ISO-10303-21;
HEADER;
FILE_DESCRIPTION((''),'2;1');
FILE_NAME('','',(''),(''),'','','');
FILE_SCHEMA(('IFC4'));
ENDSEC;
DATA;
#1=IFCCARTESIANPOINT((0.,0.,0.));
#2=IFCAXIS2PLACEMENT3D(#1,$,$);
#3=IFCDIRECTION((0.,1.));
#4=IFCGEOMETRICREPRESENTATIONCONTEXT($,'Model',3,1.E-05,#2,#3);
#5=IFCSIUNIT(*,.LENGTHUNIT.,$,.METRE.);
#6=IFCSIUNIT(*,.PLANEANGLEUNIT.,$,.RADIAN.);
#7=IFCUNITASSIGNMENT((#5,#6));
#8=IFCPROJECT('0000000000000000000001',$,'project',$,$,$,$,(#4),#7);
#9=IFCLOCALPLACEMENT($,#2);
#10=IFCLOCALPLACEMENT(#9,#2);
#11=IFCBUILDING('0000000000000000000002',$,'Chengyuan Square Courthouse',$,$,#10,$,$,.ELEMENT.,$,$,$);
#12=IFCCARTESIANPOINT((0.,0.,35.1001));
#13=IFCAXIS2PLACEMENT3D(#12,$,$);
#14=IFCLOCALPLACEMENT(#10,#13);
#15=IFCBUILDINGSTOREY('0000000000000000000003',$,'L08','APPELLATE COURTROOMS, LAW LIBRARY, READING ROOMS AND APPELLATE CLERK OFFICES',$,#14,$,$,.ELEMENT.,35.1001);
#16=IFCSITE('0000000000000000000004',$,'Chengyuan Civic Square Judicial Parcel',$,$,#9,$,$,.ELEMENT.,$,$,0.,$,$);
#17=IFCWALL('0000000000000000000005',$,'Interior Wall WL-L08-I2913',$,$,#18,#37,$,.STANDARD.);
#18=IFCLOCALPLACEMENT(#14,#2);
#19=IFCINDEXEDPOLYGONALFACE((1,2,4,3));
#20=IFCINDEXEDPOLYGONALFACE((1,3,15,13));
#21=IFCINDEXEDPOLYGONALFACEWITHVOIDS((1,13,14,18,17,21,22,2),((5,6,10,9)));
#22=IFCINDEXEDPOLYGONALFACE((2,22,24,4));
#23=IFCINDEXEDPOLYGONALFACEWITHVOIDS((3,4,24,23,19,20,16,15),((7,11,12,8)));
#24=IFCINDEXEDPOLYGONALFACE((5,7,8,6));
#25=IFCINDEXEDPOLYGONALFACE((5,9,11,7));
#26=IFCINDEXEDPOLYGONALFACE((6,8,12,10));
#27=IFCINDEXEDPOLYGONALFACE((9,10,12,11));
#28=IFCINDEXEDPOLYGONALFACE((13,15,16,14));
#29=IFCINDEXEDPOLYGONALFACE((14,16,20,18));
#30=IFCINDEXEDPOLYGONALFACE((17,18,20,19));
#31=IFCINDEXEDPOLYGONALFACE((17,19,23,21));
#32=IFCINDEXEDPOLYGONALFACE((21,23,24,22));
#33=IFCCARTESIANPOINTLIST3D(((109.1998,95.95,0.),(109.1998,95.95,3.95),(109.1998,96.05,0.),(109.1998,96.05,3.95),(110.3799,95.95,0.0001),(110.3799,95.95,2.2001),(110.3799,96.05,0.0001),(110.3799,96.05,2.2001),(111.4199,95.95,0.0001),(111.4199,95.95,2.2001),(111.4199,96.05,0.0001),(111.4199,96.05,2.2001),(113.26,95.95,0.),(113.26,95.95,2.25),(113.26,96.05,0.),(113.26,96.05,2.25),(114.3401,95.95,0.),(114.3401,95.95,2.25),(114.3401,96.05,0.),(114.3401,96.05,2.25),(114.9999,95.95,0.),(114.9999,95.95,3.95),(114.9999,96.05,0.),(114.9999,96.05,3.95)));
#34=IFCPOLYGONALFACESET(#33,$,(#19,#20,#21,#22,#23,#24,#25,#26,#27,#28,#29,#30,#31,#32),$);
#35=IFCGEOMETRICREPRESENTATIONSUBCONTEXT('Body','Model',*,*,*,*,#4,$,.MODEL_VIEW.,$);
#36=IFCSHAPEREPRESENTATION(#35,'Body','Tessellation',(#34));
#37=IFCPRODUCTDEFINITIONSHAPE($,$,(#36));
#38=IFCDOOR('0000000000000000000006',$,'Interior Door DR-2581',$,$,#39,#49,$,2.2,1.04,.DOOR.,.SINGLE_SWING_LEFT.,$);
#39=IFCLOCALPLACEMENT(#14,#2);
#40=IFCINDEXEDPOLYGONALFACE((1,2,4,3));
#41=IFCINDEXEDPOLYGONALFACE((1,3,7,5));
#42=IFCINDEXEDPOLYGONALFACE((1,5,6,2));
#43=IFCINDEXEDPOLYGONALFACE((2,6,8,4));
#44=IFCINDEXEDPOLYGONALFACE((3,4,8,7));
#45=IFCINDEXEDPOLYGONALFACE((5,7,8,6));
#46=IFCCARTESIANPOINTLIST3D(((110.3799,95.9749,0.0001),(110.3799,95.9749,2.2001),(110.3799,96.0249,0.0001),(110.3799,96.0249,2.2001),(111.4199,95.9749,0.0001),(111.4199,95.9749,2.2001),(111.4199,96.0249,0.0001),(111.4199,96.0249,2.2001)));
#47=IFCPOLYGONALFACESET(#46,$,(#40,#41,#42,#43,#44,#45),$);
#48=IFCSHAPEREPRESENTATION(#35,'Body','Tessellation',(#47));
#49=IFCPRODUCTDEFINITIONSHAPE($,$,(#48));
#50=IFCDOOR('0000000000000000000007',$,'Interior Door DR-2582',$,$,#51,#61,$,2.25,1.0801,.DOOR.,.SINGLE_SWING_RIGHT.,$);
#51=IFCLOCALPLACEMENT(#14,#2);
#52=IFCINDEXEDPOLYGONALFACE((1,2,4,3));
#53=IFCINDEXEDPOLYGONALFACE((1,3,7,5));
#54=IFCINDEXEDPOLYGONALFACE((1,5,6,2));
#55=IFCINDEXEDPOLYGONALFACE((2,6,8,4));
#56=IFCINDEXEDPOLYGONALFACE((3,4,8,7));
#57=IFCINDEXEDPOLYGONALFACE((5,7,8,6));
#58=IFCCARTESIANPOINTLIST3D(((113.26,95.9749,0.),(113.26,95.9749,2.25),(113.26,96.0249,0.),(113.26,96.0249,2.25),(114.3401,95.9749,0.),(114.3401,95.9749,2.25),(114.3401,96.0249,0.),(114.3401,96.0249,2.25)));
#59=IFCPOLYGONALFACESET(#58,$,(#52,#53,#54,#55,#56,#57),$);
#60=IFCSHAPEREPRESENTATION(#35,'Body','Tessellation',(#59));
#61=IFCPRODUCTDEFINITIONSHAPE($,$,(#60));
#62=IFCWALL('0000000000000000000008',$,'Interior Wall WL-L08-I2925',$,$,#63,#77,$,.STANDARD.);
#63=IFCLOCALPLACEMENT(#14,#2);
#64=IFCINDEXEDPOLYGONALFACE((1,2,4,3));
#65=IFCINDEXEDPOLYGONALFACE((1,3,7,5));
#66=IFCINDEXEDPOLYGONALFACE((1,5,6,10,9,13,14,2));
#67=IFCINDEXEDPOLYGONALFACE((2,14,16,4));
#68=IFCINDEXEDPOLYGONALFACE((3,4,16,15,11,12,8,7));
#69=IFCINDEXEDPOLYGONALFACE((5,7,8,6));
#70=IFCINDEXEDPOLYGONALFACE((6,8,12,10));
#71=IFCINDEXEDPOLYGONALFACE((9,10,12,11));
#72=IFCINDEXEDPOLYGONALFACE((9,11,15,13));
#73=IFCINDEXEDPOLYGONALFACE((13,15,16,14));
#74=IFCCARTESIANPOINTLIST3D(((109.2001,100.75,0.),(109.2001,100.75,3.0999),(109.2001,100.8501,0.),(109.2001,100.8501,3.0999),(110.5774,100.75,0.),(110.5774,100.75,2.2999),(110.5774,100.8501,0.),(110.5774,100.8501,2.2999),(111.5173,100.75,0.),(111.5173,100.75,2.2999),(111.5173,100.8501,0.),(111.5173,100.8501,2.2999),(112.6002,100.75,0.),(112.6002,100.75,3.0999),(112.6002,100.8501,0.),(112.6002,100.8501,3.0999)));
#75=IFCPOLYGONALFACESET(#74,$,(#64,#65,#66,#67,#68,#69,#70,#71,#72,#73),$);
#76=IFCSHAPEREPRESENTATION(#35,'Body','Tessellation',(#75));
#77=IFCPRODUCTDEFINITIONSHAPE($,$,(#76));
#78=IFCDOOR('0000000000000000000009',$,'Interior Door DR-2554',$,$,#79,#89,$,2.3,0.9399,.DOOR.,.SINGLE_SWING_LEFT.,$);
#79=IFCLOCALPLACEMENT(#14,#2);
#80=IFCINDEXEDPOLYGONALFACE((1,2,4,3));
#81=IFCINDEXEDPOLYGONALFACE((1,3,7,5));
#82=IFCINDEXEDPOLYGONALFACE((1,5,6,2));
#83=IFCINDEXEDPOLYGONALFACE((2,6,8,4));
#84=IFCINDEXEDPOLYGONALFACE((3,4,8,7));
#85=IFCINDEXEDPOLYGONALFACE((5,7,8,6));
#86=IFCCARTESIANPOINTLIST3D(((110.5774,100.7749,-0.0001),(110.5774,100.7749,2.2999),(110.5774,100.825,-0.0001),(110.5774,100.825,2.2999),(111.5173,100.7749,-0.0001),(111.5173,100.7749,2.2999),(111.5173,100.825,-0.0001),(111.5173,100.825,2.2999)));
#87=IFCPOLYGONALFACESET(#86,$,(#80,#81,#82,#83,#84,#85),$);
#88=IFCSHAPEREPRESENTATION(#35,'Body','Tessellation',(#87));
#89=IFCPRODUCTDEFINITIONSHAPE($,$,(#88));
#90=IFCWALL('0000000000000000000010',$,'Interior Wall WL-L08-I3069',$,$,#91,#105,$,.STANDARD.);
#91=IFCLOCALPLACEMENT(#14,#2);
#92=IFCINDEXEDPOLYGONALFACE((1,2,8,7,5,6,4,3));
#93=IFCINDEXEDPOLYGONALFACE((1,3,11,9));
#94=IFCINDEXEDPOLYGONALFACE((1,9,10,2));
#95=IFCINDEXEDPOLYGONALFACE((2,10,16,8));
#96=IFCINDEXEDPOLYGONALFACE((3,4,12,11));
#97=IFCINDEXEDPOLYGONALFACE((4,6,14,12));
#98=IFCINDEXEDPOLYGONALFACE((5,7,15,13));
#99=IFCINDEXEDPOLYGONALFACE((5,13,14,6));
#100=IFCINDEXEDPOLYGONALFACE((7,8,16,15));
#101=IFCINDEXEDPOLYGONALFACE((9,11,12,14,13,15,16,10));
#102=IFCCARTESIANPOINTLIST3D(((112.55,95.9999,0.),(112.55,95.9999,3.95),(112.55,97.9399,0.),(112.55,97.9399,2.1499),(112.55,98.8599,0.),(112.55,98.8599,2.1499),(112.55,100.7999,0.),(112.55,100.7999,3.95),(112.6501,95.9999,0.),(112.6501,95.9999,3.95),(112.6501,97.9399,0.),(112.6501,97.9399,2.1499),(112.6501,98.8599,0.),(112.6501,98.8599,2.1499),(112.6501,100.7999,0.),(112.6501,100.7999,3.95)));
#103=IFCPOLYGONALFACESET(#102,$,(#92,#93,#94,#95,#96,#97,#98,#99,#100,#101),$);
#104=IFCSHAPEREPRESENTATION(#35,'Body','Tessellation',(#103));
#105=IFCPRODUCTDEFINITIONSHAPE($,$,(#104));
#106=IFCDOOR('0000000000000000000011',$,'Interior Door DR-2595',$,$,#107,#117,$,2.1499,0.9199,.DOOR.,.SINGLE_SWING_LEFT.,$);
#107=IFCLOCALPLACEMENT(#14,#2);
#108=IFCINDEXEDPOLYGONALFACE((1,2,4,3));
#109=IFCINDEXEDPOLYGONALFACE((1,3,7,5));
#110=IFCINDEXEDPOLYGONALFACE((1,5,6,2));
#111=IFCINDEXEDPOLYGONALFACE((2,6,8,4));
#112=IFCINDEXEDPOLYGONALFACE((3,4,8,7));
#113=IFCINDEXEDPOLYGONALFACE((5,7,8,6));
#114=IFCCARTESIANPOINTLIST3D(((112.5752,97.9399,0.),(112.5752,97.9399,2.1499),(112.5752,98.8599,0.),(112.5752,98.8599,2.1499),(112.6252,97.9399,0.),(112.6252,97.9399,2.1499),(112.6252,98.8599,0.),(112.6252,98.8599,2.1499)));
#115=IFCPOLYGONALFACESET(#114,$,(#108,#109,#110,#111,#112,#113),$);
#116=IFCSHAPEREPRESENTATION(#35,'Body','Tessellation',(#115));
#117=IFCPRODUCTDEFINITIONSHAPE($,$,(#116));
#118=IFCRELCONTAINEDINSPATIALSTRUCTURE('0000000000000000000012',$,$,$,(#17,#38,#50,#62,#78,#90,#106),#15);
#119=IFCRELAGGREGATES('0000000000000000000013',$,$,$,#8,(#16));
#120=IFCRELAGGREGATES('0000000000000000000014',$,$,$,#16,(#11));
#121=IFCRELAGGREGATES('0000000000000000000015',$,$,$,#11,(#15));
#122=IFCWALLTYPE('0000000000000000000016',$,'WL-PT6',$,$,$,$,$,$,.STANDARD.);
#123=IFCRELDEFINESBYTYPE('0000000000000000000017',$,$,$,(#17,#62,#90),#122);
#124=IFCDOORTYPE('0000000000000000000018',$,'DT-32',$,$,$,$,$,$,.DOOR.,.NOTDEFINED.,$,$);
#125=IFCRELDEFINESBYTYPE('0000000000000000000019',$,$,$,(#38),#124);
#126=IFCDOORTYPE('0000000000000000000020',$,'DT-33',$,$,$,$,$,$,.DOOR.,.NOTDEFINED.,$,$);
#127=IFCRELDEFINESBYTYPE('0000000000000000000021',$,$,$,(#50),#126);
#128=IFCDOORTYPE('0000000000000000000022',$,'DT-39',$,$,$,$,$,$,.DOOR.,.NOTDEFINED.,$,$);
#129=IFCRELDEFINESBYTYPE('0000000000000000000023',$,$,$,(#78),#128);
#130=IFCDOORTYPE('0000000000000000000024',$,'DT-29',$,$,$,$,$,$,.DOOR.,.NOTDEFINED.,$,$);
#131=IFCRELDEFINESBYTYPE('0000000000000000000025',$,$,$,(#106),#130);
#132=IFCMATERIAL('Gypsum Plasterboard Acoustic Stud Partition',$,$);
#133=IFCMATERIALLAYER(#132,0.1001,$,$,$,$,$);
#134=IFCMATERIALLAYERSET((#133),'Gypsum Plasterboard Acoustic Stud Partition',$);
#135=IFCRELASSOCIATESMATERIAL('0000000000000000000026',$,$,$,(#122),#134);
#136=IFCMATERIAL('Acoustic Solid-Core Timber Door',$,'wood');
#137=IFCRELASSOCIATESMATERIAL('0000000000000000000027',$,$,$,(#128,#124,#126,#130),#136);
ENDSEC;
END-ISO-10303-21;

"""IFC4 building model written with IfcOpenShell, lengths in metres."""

from ifc_helpers import new_model, si_unit, direction, frame, frame_2d, origin, place, context, subcontext, project, spatial, rectangle, extrude, material, layer, layer_set, type_object, element, fill, save


model = new_model("IFC4")

# Units and contexts
model_context = context("Model", 3, precision=1e-05, world=origin(), true_north=direction((0.0, 1.0)))
body_context = subcontext(model_context, "Body", "Model", "MODEL_VIEW")
ifc_project = project(units=[si_unit("LENGTHUNIT", "METRE"), si_unit("PLANEANGLEUNIT", "RADIAN")], contexts=[model_context])

# Site, building, storey
site_placement = place(None, origin())
site = spatial("IfcSite", under=ifc_project, at=site_placement, Name="Chengyuan Civic Square Judicial Parcel", CompositionType="ELEMENT", RefElevation=0.0)
building_placement = place(site_placement, origin())
building = spatial("IfcBuilding", under=site, at=building_placement, Name="Chengyuan Square Courthouse", CompositionType="ELEMENT")
storey_placement = place(building_placement, frame((0.0, 0.0, 35.1001)))
storey = spatial("IfcBuildingStorey", under=building, at=storey_placement, Name="L08", Description="APPELLATE COURTROOMS, LAW LIBRARY, READING ROOMS AND APPELLATE CLERK OFFICES", CompositionType="ELEMENT", Elevation=35.1001)

# Wall, openings, doors
ifc_material_1 = material(Name="Gypsum Plasterboard Acoustic Stud Partition")
ifc_layer_1 = layer(ifc_material_1, 0.1001)
ifc_layer_set_1 = layer_set([ifc_layer_1], Name="Gypsum Plasterboard Acoustic Stud Partition")
wall_type_1 = type_object("IfcWallType", Name="WL-PT6", PredefinedType="STANDARD", material=ifc_layer_set_1)
ifc_material_2 = material(Name="Acoustic Solid-Core Timber Door", Category="wood")
door_type_1 = type_object("IfcDoorType", Name="DT-39", OperationType="NOTDEFINED", PredefinedType="DOOR", material=ifc_material_2)
wall_1_placement = place(storey_placement, frame((109.2, 96.0, 0.0), z_axis=(0.0, 0.0, 1.0), x_axis=(1.0, 0.0, 0.0)))
wall_1 = element("IfcWall", 1, at=wall_1_placement, inside=storey, type_object=wall_type_1, Name="Interior Wall WL-L08-I2913", PredefinedType="STANDARD", context=body_context, shape_type="SweptSolid", body=[
    extrude(rectangle(XDim=5.8, YDim=0.1001, at=frame_2d((2.8999, 0.0))), origin(), (0.0, 0.0, 1.0), 3.95),
])
opening_1_placement = place(wall_1_placement, frame((1.1799, 0.0, 0.0)))
opening_1 = element("IfcOpeningElement", 2, at=opening_1_placement, cuts=wall_1, PredefinedType="OPENING", context=body_context, shape_type="SweptSolid", body=[
    extrude(rectangle(XDim=1.04, YDim=2.2, at=frame_2d((0.52, 1.1001))), frame((0.0, 0.062, 0.0), z_axis=(0.0, -1.0, 0.0), x_axis=(1.0, 0.0, 0.0)), (0.0, 0.0, 1.0), 0.124),
])
opening_2_placement = place(wall_1_placement, frame((4.0601, 0.0, 0.0)))
opening_2 = element("IfcOpeningElement", 3, at=opening_2_placement, cuts=wall_1, PredefinedType="OPENING", context=body_context, shape_type="SweptSolid", body=[
    extrude(rectangle(XDim=1.0801, YDim=2.25, at=frame_2d((0.54, 1.125))), frame((0.0, 0.062, 0.0), z_axis=(0.0, -1.0, 0.0), x_axis=(1.0, 0.0, 0.0)), (0.0, 0.0, 1.0), 0.124),
])
door_type_2 = type_object("IfcDoorType", Name="DT-32", OperationType="NOTDEFINED", PredefinedType="DOOR", material=ifc_material_2)
door_1_placement = place(opening_1_placement, origin())
door_1 = element("IfcDoor", 4, at=door_1_placement, inside=storey, type_object=door_type_2, Name="Interior Door DR-2581", OperationType="SINGLE_SWING_LEFT", OverallHeight=2.2, OverallWidth=1.04, PredefinedType="DOOR", context=body_context, shape_type="SweptSolid", body=[
    extrude(rectangle(XDim=1.04, YDim=2.2, at=frame_2d((0.52, 1.1001))), frame((0.0, 0.0249, 0.0), z_axis=(0.0, -1.0, 0.0), x_axis=(1.0, 0.0, 0.0)), (0.0, 0.0, 1.0), 0.05),
])
fill(opening_1, door_1)
door_type_3 = type_object("IfcDoorType", Name="DT-33", OperationType="NOTDEFINED", PredefinedType="DOOR", material=ifc_material_2)
door_2_placement = place(opening_2_placement, origin())
door_2 = element("IfcDoor", 5, at=door_2_placement, inside=storey, type_object=door_type_3, Name="Interior Door DR-2582", OperationType="SINGLE_SWING_RIGHT", OverallHeight=2.25, OverallWidth=1.0801, PredefinedType="DOOR", context=body_context, shape_type="SweptSolid", body=[
    extrude(rectangle(XDim=1.0801, YDim=2.25, at=frame_2d((0.54, 1.125))), frame((0.0, 0.0249, 0.0), z_axis=(0.0, -1.0, 0.0), x_axis=(1.0, 0.0, 0.0)), (0.0, 0.0, 1.0), 0.05),
])
fill(opening_2, door_2)

# Walls, openings, doors
wall_2_placement = place(storey_placement, frame((109.2, 100.8, 0.0), z_axis=(0.0, 0.0, 1.0), x_axis=(1.0, 0.0, 0.0)))
wall_2 = element("IfcWall", 6, at=wall_2_placement, inside=storey, type_object=wall_type_1, Name="Interior Wall WL-L08-I2925", PredefinedType="STANDARD", context=body_context, shape_type="SweptSolid", body=[
    extrude(rectangle(XDim=3.4001, YDim=0.1001, at=frame_2d((1.7002, 0.0))), origin(), (0.0, 0.0, 1.0), 3.0999),
])
opening_3_placement = place(wall_2_placement, frame((1.3774, 0.0, 0.0)))
opening_3 = element("IfcOpeningElement", 7, at=opening_3_placement, cuts=wall_2, PredefinedType="OPENING", context=body_context, shape_type="SweptSolid", body=[
    extrude(rectangle(XDim=0.9399, YDim=2.3, at=frame_2d((0.47, 1.1499))), frame((0.0, 0.062, 0.0), z_axis=(0.0, -1.0, 0.0), x_axis=(1.0, 0.0, 0.0)), (0.0, 0.0, 1.0), 0.124),
])
door_3_placement = place(opening_3_placement, origin())
door_3 = element("IfcDoor", 8, at=door_3_placement, inside=storey, type_object=door_type_1, Name="Interior Door DR-2554", OperationType="SINGLE_SWING_LEFT", OverallHeight=2.3, OverallWidth=0.9399, PredefinedType="DOOR", context=body_context, shape_type="SweptSolid", body=[
    extrude(rectangle(XDim=0.9399, YDim=2.3, at=frame_2d((0.47, 1.1499))), frame((0.0, 0.0249, 0.0), z_axis=(0.0, -1.0, 0.0), x_axis=(1.0, 0.0, 0.0)), (0.0, 0.0, 1.0), 0.05),
])
fill(opening_3, door_3)
wall_3_placement = place(storey_placement, frame((112.6001, 96.0, 0.0), z_axis=(0.0, 0.0, 1.0), x_axis=(0.0, 1.0, 0.0)))
wall_3 = element("IfcWall", 9, at=wall_3_placement, inside=storey, type_object=wall_type_1, Name="Interior Wall WL-L08-I3069", PredefinedType="STANDARD", context=body_context, shape_type="SweptSolid", body=[
    extrude(rectangle(XDim=4.8, YDim=0.1001, at=frame_2d((2.3999, 0.0))), origin(), (0.0, 0.0, 1.0), 3.95),
])
opening_4_placement = place(wall_3_placement, frame((1.9399, 0.0, 0.0)))
opening_4 = element("IfcOpeningElement", 10, at=opening_4_placement, cuts=wall_3, PredefinedType="OPENING", context=body_context, shape_type="SweptSolid", body=[
    extrude(rectangle(XDim=0.9199, YDim=2.1499, at=frame_2d((0.46, 1.075))), frame((0.0, 0.062, 0.0), z_axis=(0.0, -1.0, 0.0), x_axis=(1.0, 0.0, 0.0)), (0.0, 0.0, 1.0), 0.124),
])
door_type_4 = type_object("IfcDoorType", Name="DT-29", OperationType="NOTDEFINED", PredefinedType="DOOR", material=ifc_material_2)
door_4_placement = place(opening_4_placement, origin())
door_4 = element("IfcDoor", 11, at=door_4_placement, inside=storey, type_object=door_type_4, Name="Interior Door DR-2595", OperationType="SINGLE_SWING_LEFT", OverallHeight=2.1499, OverallWidth=0.9199, PredefinedType="DOOR", context=body_context, shape_type="SweptSolid", body=[
    extrude(rectangle(XDim=0.9199, YDim=2.1499, at=frame_2d((0.46, 1.075))), frame((0.0, 0.0249, 0.0), z_axis=(0.0, -1.0, 0.0), x_axis=(1.0, 0.0, 0.0)), (0.0, 0.0, 1.0), 0.05),
])
fill(opening_4, door_4)

save(model, "model.ifc")
